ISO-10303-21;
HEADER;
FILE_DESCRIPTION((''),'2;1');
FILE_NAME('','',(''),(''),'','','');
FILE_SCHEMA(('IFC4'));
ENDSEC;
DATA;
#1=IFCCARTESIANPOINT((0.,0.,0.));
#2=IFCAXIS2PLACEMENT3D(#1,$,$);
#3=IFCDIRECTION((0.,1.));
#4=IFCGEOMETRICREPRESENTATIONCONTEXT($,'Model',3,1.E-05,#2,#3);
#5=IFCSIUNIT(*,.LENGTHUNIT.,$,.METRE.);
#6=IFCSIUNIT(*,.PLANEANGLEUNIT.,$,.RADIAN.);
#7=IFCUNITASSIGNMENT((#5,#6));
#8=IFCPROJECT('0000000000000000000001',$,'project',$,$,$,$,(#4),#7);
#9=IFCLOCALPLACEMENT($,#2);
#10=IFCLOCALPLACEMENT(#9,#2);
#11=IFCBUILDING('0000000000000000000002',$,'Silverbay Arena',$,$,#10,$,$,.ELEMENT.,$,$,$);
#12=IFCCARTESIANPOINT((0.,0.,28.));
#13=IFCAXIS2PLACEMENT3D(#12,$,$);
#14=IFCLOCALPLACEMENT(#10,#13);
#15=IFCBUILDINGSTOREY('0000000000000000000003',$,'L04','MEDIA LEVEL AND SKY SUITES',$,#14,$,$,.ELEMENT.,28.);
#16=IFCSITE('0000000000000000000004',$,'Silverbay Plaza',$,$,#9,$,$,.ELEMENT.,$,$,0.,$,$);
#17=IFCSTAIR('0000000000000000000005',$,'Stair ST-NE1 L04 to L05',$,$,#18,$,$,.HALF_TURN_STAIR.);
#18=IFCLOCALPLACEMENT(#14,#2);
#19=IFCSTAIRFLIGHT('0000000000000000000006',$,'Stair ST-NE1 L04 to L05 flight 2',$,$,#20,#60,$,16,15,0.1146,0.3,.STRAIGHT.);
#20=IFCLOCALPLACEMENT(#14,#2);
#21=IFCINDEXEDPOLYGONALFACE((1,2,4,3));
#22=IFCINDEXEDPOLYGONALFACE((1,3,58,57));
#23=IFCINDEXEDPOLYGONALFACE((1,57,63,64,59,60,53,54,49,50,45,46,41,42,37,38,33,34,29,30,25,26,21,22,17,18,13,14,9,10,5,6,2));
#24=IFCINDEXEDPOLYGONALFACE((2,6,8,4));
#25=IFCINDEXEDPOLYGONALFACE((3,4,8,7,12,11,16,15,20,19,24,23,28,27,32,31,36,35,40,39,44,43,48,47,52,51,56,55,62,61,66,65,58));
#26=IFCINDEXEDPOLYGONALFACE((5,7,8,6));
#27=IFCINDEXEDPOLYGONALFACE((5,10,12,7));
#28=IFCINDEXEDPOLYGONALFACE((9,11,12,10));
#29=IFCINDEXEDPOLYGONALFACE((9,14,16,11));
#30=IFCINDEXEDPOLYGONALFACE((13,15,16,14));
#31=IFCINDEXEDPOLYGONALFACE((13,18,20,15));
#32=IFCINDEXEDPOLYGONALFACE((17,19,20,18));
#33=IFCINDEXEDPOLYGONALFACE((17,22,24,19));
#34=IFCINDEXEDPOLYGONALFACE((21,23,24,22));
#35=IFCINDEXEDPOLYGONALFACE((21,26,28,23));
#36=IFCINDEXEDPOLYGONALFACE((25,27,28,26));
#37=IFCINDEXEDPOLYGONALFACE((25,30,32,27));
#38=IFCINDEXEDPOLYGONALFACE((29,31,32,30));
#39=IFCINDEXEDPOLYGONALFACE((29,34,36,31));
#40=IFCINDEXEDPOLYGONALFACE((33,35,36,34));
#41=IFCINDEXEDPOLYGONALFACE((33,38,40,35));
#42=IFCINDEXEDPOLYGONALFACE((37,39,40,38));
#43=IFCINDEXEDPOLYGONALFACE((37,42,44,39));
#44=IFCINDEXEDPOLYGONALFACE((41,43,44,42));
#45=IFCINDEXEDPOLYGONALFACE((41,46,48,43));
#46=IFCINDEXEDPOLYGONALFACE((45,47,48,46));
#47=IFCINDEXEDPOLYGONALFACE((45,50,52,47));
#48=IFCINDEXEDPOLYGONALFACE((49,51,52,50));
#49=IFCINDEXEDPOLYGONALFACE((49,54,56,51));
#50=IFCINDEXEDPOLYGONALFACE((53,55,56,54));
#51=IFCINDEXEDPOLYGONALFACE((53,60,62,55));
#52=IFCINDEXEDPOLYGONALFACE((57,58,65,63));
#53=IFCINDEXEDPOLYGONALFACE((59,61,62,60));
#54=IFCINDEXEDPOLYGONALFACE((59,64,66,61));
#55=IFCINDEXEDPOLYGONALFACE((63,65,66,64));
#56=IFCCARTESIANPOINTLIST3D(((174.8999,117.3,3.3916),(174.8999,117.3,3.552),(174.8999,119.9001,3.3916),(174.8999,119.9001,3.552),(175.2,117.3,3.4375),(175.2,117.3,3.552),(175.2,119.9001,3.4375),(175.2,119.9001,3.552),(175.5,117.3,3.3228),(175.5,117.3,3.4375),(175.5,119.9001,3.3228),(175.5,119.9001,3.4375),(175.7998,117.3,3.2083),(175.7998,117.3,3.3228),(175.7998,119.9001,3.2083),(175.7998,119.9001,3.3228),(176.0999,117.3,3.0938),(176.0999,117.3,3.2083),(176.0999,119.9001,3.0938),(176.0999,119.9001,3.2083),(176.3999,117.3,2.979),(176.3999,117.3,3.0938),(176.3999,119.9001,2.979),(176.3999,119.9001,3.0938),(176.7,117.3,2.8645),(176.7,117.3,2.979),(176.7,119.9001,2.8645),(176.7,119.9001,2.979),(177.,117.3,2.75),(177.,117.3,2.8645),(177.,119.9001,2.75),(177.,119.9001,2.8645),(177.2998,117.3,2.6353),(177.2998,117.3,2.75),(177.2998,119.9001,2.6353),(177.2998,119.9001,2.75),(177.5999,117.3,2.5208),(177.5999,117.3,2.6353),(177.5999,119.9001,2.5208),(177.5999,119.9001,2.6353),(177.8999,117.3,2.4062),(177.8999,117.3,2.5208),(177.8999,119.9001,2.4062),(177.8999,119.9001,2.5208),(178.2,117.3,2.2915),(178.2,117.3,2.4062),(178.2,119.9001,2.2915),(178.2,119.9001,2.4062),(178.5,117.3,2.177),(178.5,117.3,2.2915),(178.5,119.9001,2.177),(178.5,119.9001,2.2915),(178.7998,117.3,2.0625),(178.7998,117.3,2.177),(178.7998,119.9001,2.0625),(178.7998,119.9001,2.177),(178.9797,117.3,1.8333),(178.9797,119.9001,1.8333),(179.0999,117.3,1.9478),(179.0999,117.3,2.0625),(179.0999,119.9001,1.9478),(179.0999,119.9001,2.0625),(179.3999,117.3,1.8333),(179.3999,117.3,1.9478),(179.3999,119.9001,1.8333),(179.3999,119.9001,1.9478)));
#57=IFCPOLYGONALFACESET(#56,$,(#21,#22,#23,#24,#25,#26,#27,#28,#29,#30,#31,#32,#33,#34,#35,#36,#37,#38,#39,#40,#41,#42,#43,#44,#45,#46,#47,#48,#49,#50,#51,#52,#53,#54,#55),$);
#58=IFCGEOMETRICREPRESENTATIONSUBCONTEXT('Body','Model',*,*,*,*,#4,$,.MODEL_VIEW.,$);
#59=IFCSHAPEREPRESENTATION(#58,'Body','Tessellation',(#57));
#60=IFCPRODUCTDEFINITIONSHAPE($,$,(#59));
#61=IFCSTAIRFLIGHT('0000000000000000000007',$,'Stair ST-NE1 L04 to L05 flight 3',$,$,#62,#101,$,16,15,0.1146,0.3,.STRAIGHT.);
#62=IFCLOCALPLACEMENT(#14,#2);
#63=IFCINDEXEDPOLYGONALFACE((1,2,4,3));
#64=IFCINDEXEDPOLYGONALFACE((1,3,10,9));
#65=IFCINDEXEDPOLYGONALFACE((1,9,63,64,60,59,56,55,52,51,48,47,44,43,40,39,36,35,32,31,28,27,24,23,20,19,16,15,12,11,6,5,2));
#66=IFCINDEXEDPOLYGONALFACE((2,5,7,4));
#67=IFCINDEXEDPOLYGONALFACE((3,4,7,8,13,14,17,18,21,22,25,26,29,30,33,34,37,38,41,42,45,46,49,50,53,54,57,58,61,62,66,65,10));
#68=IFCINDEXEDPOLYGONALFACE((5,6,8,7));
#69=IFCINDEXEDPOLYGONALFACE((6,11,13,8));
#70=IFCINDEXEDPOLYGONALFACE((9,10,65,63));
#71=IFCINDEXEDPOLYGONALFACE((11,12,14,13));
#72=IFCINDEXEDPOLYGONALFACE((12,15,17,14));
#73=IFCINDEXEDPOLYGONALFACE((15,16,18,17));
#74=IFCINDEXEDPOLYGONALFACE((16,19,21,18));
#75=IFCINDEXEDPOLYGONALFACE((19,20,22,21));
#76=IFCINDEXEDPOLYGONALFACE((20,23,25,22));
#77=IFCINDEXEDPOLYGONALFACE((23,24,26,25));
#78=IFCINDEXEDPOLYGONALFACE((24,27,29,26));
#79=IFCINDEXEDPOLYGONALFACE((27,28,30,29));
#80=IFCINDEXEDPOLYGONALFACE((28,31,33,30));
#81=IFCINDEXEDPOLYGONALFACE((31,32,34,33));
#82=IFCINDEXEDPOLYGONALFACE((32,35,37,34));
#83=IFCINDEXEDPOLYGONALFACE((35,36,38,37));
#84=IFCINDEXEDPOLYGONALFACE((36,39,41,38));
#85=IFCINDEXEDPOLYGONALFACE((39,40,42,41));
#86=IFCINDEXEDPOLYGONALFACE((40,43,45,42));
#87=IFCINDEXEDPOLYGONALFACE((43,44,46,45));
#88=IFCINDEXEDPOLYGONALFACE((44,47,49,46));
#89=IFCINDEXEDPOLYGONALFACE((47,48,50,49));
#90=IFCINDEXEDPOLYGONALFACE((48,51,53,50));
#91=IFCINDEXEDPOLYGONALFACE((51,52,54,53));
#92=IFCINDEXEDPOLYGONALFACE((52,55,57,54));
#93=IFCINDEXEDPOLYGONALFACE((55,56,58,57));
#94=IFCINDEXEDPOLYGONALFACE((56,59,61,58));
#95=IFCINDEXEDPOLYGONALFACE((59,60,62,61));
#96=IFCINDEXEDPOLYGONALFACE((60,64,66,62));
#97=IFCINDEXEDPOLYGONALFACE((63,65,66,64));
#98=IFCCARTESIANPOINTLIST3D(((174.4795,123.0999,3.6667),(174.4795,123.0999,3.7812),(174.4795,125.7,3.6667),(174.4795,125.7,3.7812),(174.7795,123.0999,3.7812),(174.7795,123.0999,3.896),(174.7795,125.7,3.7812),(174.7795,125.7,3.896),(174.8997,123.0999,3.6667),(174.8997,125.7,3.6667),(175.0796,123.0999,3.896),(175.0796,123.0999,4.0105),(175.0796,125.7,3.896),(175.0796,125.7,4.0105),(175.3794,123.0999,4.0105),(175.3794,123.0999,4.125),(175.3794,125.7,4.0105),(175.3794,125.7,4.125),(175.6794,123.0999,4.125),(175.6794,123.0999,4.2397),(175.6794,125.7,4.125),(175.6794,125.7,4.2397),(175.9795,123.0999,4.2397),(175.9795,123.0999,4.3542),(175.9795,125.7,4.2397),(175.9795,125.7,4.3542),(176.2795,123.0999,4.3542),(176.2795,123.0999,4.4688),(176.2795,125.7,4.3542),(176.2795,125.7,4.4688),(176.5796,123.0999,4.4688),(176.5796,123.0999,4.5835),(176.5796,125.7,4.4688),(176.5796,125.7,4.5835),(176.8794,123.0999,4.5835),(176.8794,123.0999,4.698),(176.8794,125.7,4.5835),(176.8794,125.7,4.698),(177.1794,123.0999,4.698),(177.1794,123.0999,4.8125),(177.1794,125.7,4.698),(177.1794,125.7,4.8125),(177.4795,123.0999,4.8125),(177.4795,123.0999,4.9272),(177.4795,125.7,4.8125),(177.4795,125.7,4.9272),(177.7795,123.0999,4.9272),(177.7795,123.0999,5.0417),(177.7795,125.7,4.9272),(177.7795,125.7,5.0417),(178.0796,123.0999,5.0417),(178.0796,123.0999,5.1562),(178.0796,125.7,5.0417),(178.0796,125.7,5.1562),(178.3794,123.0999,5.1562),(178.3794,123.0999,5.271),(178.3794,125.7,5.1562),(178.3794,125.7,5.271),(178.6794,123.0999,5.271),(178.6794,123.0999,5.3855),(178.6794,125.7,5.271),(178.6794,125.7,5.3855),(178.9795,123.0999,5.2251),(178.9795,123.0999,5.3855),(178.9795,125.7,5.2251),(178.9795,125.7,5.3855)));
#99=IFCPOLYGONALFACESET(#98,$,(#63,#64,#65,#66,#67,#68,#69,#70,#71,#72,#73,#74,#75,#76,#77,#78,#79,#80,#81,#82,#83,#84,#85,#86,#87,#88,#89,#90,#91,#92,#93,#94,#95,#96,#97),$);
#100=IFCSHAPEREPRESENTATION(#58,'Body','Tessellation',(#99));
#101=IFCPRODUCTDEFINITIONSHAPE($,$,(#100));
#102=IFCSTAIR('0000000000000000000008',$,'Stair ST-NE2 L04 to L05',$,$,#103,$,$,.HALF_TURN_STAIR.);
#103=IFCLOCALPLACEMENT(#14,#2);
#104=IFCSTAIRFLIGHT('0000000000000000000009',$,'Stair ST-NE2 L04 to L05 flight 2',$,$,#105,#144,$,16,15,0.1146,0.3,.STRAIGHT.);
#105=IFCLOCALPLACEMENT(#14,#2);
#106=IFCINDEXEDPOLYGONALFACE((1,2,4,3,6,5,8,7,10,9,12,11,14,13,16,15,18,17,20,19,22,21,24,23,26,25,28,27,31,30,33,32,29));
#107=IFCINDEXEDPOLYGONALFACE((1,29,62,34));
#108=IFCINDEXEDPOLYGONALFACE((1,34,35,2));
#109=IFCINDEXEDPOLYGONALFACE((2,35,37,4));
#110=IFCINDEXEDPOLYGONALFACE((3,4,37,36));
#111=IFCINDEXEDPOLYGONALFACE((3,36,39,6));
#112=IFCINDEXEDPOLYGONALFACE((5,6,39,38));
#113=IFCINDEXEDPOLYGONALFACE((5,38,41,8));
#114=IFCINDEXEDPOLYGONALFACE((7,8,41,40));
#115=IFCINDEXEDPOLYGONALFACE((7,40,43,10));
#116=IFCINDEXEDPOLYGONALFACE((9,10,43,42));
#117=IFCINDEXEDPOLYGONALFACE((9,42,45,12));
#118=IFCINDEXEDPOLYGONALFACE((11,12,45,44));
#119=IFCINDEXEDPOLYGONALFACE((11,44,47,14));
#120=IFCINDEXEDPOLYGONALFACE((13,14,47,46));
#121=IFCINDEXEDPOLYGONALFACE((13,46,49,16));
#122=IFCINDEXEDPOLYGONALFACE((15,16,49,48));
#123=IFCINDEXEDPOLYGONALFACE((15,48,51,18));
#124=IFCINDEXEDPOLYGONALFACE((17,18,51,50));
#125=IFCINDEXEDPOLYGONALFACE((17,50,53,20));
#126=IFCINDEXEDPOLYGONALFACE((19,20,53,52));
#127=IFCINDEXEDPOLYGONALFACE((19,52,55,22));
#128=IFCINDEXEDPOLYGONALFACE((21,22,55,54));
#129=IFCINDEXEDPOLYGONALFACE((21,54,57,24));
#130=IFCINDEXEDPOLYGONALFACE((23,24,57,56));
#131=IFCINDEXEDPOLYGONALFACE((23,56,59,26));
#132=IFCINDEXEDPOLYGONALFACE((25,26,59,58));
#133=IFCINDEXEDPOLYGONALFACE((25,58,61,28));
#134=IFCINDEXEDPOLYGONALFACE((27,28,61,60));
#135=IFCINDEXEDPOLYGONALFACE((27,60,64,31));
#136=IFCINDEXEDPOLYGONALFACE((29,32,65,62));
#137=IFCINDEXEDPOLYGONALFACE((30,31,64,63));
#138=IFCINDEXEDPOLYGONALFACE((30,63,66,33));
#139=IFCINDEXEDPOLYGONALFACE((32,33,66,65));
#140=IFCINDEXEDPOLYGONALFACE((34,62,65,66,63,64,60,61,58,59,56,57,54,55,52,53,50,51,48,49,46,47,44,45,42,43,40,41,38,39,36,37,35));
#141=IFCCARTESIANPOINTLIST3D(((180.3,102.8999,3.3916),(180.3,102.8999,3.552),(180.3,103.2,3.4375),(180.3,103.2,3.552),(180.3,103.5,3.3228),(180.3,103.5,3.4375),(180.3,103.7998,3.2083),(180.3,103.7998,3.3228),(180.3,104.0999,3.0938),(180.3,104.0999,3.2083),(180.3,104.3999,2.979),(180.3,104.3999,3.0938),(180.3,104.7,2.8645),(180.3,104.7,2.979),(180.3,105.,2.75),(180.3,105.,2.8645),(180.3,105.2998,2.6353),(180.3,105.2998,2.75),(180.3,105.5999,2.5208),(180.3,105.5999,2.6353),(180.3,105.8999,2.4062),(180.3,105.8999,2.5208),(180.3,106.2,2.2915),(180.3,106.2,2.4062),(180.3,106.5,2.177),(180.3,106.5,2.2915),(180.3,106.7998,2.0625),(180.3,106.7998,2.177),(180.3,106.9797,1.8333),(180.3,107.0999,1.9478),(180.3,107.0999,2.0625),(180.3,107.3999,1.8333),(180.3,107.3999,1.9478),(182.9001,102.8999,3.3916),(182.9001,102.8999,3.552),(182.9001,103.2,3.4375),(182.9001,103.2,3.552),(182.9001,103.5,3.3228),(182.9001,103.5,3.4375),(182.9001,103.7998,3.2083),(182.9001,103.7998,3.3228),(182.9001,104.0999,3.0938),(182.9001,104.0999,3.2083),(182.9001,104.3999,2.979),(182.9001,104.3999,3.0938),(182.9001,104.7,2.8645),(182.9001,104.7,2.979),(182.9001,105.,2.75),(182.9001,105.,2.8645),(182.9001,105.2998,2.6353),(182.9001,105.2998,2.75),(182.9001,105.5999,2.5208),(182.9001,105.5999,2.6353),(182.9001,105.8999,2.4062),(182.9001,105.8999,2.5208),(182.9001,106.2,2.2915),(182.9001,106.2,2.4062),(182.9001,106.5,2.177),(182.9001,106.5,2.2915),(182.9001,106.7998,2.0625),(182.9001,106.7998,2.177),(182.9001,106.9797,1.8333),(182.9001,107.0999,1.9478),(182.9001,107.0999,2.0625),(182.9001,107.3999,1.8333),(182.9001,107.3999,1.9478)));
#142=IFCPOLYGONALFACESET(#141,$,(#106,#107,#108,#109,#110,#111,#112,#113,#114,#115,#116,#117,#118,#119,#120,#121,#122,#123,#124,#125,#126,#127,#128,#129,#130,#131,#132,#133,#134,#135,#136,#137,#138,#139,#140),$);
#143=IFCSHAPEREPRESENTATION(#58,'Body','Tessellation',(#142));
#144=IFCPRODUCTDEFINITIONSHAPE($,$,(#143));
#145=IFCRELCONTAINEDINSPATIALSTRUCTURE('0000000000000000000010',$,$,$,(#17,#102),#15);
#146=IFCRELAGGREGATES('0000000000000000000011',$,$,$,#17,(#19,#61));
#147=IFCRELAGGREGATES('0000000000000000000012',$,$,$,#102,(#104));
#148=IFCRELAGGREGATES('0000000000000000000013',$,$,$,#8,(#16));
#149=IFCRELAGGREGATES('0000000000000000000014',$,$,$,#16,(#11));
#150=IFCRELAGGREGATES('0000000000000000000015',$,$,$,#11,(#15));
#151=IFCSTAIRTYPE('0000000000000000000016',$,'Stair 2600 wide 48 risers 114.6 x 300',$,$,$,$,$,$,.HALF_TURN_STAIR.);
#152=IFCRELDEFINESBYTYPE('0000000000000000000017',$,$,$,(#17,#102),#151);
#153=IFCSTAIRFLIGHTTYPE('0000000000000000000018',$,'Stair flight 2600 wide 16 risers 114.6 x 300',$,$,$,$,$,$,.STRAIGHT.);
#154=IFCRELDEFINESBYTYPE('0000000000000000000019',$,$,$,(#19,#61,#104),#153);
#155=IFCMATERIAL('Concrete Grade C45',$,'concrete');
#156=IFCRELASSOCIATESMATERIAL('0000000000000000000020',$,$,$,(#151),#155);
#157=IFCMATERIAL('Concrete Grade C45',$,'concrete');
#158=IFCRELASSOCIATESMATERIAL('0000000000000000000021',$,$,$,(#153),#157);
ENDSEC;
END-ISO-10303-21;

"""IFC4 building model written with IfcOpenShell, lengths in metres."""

from ifc_helpers import new_model, si_unit, direction, frame, origin, place, context, subcontext, project, spatial, polyline, outline, extrude, material, type_object, element, aggregate, save


model = new_model("IFC4")

# Units and contexts
model_context = context("Model", 3, precision=1e-05, world=origin(), true_north=direction((0.0, 1.0)))
body_context = subcontext(model_context, "Body", "Model", "MODEL_VIEW")
ifc_project = project(units=[si_unit("LENGTHUNIT", "METRE"), si_unit("PLANEANGLEUNIT", "RADIAN")], contexts=[model_context])

# Site, building, storey
site_placement = place(None, origin())
site = spatial("IfcSite", under=ifc_project, at=site_placement, Name="Silverbay Plaza", CompositionType="ELEMENT", RefElevation=0.0)
building_placement = place(site_placement, origin())
building = spatial("IfcBuilding", under=site, at=building_placement, Name="Silverbay Arena", CompositionType="ELEMENT")
storey_placement = place(building_placement, frame((0.0, 0.0, 28.0)))
storey = spatial("IfcBuildingStorey", under=building, at=storey_placement, Name="L04", Description="MEDIA LEVEL AND SKY SUITES", CompositionType="ELEMENT", Elevation=28.0)

# Stair, stair flights
ifc_material_1 = material(Name="Concrete Grade C45", Category="concrete")
stair_type = type_object("IfcStairType", Name="Stair 2600 wide 48 risers 114.6 x 300", PredefinedType="HALF_TURN_STAIR", material=ifc_material_1)
stair_1_placement = place(storey_placement, origin())
stair_1 = element("IfcStair", 1, at=stair_1_placement, inside=storey, type_object=stair_type, Name="Stair ST-NE1 L04 to L05", PredefinedType="HALF_TURN_STAIR")
ifc_material_2 = material(Name="Concrete Grade C45", Category="concrete")
stair_flight_type = type_object("IfcStairFlightType", Name="Stair flight 2600 wide 16 risers 114.6 x 300", PredefinedType="STRAIGHT", material=ifc_material_2)
stair_flight_1_placement = place(storey_placement, frame((179.3999, 118.6001, 1.8333), z_axis=(0.0, 0.0, 1.0), x_axis=(-1.0, 0.0, 0.0)))
stair_flight_1 = element("IfcStairFlight", 2, at=stair_flight_1_placement, type_object=stair_flight_type, Name="Stair ST-NE1 L04 to L05 flight 2", NumberOfRisers=16, NumberOfTreads=15, PredefinedType="STRAIGHT", RiserHeight=0.1146, TreadLength=0.3, context=body_context, shape_type="SweptSolid", body=[
    extrude(outline(polyline([(0.0, 0.0), (0.0, 0.1145), (0.3, 0.1145), (0.3, 0.2292), (0.6001, 0.2292), (0.6001, 0.3438), (0.8999, 0.3438), (0.8999, 0.4583), (1.2, 0.4583), (1.2, 0.573), (1.5, 0.573), (1.5, 0.6875), (1.8, 0.6875), (1.8, 0.802), (2.1001, 0.802), (2.1001, 0.9167), (2.3999, 0.9167), (2.3999, 1.0312), (2.7, 1.0312), (2.7, 1.1458), (3.0, 1.1458), (3.0, 1.2605), (3.3, 1.2605), (3.3, 1.375), (3.6001, 1.375), (3.6001, 1.4895), (3.8999, 1.4895), (3.8999, 1.6042), (4.2, 1.6042), (4.2, 1.7188), (4.5, 1.7188), (4.5, 1.5583), (0.4202, 0.0), (0.0, 0.0)])), frame((0.0, 1.3, 0.0), z_axis=(0.0, -1.0, 0.0), x_axis=(1.0, 0.0, 0.0)), (0.0, 0.0, 1.0), 2.6001),
])
stair_flight_2_placement = place(storey_placement, frame((174.4795, 124.3999, 3.6667), z_axis=(0.0, 0.0, 1.0), x_axis=(1.0, 0.0, 0.0)))
stair_flight_2 = element("IfcStairFlight", 3, at=stair_flight_2_placement, type_object=stair_flight_type, Name="Stair ST-NE1 L04 to L05 flight 3", NumberOfRisers=16, NumberOfTreads=15, PredefinedType="STRAIGHT", RiserHeight=0.1146, TreadLength=0.3, context=body_context, shape_type="SweptSolid", body=[
    extrude(outline(polyline([(0.0, 0.0), (0.0, 0.1145), (0.3, 0.1145), (0.3, 0.2292), (0.6001, 0.2292), (0.6001, 0.3438), (0.8999, 0.3438), (0.8999, 0.4583), (1.2, 0.4583), (1.2, 0.573), (1.5, 0.573), (1.5, 0.6875), (1.8, 0.6875), (1.8, 0.802), (2.1001, 0.802), (2.1001, 0.9167), (2.3999, 0.9167), (2.3999, 1.0312), (2.7, 1.0312), (2.7, 1.1458), (3.0, 1.1458), (3.0, 1.2605), (3.3, 1.2605), (3.3, 1.375), (3.6001, 1.375), (3.6001, 1.4895), (3.8999, 1.4895), (3.8999, 1.6042), (4.2, 1.6042), (4.2, 1.7188), (4.5, 1.7188), (4.5, 1.5583), (0.4202, 0.0), (0.0, 0.0)])), frame((0.0, 1.3, 0.0), z_axis=(0.0, -1.0, 0.0), x_axis=(1.0, 0.0, 0.0)), (0.0, 0.0, 1.0), 2.6001),
])
aggregate(stair_1, [stair_flight_1, stair_flight_2])

# Stair, stair flight
stair_2_placement = place(storey_placement, origin())
stair_2 = element("IfcStair", 4, at=stair_2_placement, inside=storey, type_object=stair_type, Name="Stair ST-NE2 L04 to L05", PredefinedType="HALF_TURN_STAIR")
stair_flight_3_placement = place(storey_placement, frame((181.6001, 107.3999, 1.8333), z_axis=(0.0, 0.0, 1.0), x_axis=(0.0, -1.0, 0.0)))
stair_flight_3 = element("IfcStairFlight", 5, at=stair_flight_3_placement, type_object=stair_flight_type, Name="Stair ST-NE2 L04 to L05 flight 2", NumberOfRisers=16, NumberOfTreads=15, PredefinedType="STRAIGHT", RiserHeight=0.1146, TreadLength=0.3, context=body_context, shape_type="SweptSolid", body=[
    extrude(outline(polyline([(0.0, 0.0), (0.0, 0.1145), (0.3, 0.1145), (0.3, 0.2292), (0.6001, 0.2292), (0.6001, 0.3438), (0.8999, 0.3438), (0.8999, 0.4583), (1.2, 0.4583), (1.2, 0.573), (1.5, 0.573), (1.5, 0.6875), (1.8, 0.6875), (1.8, 0.802), (2.1001, 0.802), (2.1001, 0.9167), (2.3999, 0.9167), (2.3999, 1.0312), (2.7, 1.0312), (2.7, 1.1458), (3.0, 1.1458), (3.0, 1.2605), (3.3, 1.2605), (3.3, 1.375), (3.6001, 1.375), (3.6001, 1.4895), (3.8999, 1.4895), (3.8999, 1.6042), (4.2, 1.6042), (4.2, 1.7188), (4.5, 1.7188), (4.5, 1.5583), (0.4202, 0.0), (0.0, 0.0)])), frame((0.0, 1.3, 0.0), z_axis=(0.0, -1.0, 0.0), x_axis=(1.0, 0.0, 0.0)), (0.0, 0.0, 1.0), 2.6001),
])
aggregate(stair_2, [stair_flight_3])

save(model, "model.ifc")
